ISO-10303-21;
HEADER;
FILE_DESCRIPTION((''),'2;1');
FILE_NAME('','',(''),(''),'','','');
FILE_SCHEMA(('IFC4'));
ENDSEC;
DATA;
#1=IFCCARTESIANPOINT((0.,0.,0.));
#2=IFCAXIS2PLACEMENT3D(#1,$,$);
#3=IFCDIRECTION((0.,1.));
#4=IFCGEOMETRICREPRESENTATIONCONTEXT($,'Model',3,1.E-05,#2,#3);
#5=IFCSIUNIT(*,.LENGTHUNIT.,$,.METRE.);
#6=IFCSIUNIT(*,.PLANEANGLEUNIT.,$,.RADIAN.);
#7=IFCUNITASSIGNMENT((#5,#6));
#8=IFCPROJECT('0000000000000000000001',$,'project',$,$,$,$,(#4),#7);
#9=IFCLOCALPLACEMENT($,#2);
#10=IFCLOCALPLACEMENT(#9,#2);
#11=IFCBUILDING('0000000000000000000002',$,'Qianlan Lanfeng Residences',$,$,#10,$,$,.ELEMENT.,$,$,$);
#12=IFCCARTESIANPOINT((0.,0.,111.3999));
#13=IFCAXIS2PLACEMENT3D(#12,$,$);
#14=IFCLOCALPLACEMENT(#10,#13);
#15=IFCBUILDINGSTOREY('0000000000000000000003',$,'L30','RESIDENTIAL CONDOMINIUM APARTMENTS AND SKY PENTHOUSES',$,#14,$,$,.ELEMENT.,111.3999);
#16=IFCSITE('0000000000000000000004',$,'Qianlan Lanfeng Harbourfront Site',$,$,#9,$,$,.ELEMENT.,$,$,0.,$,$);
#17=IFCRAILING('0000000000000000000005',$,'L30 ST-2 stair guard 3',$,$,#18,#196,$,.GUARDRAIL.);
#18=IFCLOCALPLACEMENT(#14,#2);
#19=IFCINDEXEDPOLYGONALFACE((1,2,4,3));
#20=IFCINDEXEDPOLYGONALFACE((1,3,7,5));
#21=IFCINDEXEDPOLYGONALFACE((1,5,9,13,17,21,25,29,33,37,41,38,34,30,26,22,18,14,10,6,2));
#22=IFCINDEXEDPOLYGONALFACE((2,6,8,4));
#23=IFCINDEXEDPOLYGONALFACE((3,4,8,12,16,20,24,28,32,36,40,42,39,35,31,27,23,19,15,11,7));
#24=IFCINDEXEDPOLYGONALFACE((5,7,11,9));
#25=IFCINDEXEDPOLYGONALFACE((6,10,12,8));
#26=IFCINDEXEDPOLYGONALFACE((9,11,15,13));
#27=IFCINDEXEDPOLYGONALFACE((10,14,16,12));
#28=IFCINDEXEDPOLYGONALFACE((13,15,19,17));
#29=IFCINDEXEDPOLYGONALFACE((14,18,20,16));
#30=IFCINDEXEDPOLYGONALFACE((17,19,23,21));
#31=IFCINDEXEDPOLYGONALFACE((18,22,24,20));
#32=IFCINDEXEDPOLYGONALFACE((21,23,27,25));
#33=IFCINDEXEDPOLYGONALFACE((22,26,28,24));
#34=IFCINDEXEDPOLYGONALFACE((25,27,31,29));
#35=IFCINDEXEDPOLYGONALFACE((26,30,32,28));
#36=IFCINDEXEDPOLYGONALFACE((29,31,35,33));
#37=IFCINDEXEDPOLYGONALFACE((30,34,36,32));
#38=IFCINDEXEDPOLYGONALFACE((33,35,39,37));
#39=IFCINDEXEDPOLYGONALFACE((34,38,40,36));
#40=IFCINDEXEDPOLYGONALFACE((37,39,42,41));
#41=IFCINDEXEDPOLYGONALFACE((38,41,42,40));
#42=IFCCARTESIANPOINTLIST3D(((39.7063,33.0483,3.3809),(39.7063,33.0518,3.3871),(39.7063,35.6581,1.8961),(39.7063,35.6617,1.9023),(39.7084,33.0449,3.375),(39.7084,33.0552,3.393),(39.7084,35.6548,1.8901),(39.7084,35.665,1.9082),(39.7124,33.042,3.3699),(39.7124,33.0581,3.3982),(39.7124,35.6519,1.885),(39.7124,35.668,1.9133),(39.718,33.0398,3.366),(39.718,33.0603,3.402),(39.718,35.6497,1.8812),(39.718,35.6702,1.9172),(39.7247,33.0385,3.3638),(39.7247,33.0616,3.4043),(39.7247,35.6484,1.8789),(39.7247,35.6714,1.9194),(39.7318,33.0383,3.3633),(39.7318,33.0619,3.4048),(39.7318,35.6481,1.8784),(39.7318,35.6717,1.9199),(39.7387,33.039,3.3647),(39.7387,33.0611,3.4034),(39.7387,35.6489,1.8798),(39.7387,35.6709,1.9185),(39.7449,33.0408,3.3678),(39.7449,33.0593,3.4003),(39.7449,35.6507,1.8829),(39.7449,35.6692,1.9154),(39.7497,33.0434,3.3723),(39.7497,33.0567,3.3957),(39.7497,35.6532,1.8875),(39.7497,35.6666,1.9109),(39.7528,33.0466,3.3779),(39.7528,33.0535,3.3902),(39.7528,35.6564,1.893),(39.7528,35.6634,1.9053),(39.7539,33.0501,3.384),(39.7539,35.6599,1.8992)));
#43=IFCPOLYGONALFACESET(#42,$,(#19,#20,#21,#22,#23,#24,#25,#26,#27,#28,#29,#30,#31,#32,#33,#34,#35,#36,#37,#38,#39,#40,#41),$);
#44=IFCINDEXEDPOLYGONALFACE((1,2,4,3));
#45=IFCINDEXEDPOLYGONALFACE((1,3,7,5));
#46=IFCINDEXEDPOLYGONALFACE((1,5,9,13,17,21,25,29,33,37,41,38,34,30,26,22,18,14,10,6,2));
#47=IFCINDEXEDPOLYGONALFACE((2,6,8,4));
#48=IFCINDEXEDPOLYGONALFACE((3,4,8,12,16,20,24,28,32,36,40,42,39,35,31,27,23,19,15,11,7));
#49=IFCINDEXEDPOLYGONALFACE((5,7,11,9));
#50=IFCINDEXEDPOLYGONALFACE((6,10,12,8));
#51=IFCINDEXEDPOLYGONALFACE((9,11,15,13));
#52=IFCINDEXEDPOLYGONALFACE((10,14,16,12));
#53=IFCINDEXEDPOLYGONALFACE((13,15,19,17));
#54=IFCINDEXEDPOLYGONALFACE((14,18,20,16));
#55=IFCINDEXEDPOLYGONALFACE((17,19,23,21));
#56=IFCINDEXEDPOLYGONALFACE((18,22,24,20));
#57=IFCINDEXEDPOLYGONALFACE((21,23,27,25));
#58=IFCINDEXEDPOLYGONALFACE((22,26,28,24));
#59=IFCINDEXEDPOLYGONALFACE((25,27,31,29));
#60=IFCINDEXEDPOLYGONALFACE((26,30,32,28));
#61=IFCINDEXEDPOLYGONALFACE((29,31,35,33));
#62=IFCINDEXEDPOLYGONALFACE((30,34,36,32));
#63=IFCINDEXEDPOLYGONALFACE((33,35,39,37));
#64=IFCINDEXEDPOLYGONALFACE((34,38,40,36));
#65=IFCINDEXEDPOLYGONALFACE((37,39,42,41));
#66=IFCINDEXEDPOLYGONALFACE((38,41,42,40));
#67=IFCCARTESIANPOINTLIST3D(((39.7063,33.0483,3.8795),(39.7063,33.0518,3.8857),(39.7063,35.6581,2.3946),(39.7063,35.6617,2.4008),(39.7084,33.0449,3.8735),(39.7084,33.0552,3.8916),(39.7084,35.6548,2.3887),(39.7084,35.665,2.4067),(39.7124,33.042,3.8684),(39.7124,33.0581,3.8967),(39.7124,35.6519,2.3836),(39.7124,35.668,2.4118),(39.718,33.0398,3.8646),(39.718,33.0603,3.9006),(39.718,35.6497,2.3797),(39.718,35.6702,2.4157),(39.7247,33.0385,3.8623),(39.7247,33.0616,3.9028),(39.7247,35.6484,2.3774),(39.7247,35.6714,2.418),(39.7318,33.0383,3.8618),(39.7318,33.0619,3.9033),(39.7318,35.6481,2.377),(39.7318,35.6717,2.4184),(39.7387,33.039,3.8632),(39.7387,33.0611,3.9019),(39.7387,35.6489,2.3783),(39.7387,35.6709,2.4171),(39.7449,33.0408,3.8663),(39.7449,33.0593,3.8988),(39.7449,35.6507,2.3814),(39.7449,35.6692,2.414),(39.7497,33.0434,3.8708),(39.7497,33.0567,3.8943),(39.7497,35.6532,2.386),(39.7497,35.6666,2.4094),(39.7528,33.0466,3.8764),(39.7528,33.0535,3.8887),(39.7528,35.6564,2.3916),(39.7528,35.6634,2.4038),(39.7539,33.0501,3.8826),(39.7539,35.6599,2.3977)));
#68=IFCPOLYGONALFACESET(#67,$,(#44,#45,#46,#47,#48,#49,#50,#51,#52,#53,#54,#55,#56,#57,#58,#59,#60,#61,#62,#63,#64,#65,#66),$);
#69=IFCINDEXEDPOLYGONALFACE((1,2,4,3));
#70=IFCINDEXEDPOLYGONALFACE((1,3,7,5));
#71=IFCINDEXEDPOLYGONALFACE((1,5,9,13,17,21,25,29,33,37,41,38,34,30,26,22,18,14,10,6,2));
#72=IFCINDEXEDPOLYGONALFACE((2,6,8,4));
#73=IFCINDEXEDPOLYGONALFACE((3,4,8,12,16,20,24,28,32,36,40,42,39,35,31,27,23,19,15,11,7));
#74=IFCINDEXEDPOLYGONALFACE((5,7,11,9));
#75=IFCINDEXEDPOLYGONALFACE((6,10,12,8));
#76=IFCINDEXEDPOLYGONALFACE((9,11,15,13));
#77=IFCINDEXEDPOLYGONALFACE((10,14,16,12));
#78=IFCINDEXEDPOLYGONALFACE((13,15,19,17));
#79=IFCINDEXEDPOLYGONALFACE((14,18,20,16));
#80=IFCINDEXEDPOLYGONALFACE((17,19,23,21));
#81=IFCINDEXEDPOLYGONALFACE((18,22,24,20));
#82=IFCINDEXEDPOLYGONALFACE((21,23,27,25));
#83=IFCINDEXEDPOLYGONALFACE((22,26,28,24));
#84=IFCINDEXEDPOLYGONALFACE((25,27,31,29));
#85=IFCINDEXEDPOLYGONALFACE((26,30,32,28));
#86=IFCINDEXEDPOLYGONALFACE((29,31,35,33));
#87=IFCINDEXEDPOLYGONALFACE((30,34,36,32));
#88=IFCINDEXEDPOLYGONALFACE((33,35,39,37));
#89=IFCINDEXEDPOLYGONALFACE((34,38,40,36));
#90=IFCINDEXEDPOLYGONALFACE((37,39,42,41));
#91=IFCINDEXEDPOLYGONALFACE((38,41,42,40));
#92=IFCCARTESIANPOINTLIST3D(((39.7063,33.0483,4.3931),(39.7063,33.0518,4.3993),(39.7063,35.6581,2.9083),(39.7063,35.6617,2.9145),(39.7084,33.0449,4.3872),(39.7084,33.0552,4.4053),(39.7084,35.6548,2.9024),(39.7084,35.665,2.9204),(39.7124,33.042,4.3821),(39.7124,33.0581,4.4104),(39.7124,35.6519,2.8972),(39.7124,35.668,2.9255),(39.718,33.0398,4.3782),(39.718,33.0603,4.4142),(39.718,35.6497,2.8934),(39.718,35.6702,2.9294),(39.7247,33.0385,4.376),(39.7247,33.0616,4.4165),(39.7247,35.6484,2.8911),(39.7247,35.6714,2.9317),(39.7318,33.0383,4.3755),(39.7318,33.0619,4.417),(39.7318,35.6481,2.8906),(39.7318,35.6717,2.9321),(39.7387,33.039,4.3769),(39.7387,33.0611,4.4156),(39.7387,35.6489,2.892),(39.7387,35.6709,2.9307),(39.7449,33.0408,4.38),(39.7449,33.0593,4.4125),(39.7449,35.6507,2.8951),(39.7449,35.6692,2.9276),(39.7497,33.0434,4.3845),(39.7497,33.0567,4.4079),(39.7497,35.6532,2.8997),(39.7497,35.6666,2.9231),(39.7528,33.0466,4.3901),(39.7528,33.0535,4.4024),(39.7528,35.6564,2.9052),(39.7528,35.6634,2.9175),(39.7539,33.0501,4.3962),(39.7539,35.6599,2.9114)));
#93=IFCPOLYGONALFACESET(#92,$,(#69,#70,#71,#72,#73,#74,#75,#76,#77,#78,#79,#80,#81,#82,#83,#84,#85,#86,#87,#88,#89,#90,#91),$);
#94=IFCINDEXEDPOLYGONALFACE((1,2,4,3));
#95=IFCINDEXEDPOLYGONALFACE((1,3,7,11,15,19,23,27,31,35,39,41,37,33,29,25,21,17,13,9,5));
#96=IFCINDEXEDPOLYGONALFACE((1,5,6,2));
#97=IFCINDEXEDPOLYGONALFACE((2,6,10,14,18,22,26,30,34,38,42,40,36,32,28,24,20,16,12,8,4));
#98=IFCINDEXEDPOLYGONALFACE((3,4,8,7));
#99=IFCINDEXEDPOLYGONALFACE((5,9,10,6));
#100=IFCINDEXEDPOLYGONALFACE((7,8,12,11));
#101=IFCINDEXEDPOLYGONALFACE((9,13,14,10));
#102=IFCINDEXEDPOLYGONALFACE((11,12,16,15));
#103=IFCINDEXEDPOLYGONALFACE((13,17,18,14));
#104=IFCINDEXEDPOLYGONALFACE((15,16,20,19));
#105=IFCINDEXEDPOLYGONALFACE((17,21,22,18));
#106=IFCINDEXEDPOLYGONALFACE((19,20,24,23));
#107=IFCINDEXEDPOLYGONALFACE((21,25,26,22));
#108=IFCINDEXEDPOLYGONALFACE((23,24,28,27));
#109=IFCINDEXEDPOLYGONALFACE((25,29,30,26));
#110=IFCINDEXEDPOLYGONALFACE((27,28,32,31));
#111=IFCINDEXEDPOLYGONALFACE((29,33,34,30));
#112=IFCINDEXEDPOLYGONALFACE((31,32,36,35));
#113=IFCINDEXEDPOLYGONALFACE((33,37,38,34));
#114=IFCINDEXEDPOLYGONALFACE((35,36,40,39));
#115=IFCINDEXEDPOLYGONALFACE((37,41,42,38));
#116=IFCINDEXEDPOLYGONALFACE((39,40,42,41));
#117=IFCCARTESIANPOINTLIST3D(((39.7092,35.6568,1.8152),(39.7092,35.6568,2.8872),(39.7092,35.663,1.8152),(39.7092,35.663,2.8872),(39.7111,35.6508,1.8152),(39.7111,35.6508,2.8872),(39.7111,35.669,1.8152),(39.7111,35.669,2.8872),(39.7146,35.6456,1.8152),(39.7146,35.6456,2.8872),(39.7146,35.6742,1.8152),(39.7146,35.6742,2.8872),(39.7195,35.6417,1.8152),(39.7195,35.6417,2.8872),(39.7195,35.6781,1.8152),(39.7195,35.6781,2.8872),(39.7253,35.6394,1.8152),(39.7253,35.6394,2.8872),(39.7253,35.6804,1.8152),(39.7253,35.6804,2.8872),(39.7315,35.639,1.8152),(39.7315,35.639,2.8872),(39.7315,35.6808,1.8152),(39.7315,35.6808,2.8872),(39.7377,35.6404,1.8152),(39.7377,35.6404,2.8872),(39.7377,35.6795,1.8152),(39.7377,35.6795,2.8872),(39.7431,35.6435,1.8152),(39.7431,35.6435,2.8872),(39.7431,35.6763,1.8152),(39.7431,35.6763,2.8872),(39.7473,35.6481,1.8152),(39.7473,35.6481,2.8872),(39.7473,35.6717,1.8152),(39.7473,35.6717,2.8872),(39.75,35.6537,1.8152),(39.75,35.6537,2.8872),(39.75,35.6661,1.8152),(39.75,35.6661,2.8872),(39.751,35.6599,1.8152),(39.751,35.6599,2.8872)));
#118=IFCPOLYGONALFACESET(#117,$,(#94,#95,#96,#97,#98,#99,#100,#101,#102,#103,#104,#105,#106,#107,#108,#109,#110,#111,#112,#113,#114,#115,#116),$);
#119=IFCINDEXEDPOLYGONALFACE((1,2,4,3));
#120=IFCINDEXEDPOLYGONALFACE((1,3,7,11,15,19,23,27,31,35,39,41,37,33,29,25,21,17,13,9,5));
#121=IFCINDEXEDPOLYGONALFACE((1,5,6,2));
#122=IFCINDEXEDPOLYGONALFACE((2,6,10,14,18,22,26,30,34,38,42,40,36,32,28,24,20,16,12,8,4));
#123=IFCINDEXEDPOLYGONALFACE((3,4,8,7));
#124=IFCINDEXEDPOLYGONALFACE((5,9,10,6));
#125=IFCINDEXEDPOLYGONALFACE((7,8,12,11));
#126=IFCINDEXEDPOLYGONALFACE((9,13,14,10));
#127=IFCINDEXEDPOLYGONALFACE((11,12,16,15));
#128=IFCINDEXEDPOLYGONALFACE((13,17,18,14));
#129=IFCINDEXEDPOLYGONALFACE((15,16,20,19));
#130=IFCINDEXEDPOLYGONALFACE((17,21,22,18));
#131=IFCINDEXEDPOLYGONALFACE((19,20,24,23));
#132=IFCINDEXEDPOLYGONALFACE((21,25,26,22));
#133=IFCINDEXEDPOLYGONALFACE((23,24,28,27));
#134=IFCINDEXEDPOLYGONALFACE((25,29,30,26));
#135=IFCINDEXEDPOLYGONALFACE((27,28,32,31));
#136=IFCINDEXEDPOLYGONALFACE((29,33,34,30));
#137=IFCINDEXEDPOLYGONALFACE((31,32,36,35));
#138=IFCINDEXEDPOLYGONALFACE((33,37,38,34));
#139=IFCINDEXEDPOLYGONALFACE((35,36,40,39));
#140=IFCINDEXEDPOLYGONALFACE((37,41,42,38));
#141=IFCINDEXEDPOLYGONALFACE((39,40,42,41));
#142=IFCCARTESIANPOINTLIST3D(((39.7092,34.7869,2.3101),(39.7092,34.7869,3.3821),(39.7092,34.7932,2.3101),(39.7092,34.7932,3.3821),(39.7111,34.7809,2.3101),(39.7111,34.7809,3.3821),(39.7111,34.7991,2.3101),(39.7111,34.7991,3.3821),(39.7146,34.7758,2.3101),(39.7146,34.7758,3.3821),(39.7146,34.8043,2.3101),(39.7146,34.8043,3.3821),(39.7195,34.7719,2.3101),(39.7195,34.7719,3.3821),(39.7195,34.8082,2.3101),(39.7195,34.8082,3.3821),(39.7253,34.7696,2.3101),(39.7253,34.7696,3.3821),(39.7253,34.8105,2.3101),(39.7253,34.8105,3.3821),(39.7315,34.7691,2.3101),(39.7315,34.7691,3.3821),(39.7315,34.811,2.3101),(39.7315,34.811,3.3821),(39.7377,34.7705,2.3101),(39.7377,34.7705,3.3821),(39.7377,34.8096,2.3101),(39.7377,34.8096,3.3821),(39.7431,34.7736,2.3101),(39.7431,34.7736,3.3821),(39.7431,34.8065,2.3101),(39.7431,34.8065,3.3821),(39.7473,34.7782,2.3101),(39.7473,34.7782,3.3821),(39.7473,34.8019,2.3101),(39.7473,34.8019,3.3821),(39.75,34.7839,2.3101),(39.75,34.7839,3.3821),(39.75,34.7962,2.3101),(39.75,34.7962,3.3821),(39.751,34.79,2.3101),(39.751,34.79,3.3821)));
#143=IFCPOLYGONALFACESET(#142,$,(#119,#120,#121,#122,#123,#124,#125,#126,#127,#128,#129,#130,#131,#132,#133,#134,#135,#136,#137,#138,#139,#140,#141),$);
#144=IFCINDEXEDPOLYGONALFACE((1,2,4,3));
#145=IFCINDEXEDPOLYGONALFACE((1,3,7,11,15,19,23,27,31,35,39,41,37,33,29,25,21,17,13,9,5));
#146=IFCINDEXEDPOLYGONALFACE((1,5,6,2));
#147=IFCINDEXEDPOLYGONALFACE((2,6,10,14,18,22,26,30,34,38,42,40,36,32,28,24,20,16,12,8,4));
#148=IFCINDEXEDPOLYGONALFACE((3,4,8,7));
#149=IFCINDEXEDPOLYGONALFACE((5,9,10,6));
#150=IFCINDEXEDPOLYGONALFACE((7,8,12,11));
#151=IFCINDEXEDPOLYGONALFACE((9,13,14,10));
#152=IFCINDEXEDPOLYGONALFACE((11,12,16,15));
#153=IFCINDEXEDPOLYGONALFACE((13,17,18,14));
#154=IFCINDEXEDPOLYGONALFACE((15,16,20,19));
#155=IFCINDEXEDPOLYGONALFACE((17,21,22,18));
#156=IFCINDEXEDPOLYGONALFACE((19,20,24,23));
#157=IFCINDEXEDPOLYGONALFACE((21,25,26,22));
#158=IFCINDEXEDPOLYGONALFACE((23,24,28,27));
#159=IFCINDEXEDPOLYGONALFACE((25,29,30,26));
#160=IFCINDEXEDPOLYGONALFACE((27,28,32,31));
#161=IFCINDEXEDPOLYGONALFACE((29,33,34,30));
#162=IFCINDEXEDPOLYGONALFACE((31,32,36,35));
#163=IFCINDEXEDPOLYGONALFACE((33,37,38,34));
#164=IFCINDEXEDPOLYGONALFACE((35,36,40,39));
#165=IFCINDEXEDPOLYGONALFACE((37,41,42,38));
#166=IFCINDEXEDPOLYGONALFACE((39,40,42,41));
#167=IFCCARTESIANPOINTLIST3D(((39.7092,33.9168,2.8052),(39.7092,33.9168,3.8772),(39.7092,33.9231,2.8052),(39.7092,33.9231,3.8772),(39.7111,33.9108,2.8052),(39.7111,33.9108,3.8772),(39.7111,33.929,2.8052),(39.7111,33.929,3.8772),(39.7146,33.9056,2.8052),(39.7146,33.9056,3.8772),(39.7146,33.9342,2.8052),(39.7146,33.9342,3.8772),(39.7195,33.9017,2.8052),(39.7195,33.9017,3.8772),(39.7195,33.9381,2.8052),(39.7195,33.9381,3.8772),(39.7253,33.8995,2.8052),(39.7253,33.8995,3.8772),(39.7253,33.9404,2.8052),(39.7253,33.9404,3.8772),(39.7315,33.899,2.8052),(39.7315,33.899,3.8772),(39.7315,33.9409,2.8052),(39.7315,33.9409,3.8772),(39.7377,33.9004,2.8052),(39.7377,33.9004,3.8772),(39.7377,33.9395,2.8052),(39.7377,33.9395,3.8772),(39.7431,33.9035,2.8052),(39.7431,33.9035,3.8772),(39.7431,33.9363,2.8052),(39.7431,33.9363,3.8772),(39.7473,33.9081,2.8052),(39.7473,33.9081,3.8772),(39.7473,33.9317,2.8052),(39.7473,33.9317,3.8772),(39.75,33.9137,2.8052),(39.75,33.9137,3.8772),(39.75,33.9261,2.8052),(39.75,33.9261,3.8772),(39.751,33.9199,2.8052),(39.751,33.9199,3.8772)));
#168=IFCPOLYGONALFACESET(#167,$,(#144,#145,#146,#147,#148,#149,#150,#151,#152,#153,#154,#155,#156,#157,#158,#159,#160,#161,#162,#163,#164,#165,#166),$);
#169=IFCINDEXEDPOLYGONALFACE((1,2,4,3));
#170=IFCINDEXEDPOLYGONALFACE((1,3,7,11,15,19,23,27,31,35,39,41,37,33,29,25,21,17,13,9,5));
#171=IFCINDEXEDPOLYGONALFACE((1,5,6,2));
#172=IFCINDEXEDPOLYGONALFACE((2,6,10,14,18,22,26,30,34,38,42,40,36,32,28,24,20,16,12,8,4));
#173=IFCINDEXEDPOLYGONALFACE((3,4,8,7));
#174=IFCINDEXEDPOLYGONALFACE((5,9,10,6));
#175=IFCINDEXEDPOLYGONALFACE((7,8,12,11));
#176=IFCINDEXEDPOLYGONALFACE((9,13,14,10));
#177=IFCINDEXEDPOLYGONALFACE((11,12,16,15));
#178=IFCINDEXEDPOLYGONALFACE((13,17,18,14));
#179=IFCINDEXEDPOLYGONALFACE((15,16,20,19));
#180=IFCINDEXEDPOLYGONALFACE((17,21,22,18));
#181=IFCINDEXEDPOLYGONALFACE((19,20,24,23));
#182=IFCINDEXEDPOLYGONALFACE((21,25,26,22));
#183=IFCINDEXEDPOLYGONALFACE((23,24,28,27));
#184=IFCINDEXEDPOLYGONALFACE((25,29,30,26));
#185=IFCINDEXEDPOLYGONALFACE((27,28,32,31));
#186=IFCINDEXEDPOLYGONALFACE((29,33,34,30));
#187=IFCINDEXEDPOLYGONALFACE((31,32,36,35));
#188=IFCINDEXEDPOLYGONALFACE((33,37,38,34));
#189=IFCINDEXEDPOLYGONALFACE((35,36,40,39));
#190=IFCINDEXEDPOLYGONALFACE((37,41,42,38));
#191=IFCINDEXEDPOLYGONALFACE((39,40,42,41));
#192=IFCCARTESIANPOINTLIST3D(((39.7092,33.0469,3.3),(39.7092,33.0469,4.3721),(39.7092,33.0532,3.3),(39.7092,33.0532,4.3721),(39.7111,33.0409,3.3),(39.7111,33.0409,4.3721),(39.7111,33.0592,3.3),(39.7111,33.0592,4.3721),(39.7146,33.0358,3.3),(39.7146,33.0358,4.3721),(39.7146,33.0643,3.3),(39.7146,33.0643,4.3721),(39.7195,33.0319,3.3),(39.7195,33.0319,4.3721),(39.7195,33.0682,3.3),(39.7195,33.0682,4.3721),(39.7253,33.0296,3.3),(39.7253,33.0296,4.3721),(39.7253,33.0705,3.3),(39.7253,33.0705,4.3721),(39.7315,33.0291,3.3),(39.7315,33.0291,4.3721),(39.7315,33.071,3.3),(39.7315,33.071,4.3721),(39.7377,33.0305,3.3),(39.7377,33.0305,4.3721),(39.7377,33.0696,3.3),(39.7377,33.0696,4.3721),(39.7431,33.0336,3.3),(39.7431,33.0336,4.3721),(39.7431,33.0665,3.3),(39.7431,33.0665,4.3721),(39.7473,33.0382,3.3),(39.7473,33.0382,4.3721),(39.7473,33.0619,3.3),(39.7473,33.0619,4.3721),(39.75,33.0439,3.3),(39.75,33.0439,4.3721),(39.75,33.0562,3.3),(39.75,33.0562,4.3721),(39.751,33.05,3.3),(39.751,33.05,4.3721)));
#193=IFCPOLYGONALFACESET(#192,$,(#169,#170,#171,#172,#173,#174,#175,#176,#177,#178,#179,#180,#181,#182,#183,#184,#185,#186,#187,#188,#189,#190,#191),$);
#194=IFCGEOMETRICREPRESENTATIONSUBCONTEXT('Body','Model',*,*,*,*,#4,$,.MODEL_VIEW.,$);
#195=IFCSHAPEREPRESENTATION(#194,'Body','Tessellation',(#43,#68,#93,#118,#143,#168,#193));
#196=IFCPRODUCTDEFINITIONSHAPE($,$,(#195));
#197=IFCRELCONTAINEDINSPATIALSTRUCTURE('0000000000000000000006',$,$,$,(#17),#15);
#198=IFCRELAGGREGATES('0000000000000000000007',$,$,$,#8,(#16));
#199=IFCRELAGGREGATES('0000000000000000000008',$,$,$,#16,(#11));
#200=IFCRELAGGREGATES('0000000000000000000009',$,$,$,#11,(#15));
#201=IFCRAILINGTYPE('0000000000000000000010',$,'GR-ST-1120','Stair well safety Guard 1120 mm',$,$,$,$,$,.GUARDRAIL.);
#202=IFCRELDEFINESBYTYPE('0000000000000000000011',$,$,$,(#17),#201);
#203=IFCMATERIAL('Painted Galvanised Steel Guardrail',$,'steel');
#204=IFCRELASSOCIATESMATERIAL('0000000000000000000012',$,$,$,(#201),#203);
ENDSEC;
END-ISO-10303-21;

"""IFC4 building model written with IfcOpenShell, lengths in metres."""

from ifc_helpers import new_model, si_unit, direction, frame, origin, origin_2d, place, context, subcontext, project, spatial, circle, extrude, material, type_object, element, save


model = new_model("IFC4")

# Units and contexts
model_context = context("Model", 3, precision=1e-05, world=origin(), true_north=direction((0.0, 1.0)))
body_context = subcontext(model_context, "Body", "Model", "MODEL_VIEW")
ifc_project = project(units=[si_unit("LENGTHUNIT", "METRE"), si_unit("PLANEANGLEUNIT", "RADIAN")], contexts=[model_context])

# Site, building, storey
site_placement = place(None, origin())
site = spatial("IfcSite", under=ifc_project, at=site_placement, Name="Qianlan Lanfeng Harbourfront Site", CompositionType="ELEMENT", RefElevation=0.0)
building_placement = place(site_placement, origin())
building = spatial("IfcBuilding", under=site, at=building_placement, Name="Qianlan Lanfeng Residences", CompositionType="ELEMENT")
storey_placement = place(building_placement, frame((0.0, 0.0, 111.3999)))
storey = spatial("IfcBuildingStorey", under=building, at=storey_placement, Name="L30", Description="RESIDENTIAL CONDOMINIUM APARTMENTS AND SKY PENTHOUSES", CompositionType="ELEMENT", Elevation=111.3999)

# Railing
ifc_material_1 = material(Name="Painted Galvanised Steel Guardrail", Category="steel")
railing_type_1 = type_object("IfcRailingType", Name="GR-ST-1120", Description="Stair well safety Guard 1120 mm", PredefinedType="GUARDRAIL", material=ifc_material_1)
railing_1_placement = place(storey_placement, frame((39.73, 35.6599, 1.8152)))
element("IfcRailing", 1, at=railing_1_placement, inside=storey, type_object=railing_type_1, Name="L30 ST-2 stair guard 3", PredefinedType="GUARDRAIL", context=body_context, shape_type="SweptSolid", body=[
    extrude(circle(Radius=0.0239, at=origin_2d()), frame((0.0, 0.0, 0.084), z_axis=(0.0, -0.869172, 0.494509), x_axis=(1.0, 0.0, 0.0)), (0.0, 0.0, 1.0), 3.0027),
    extrude(circle(Radius=0.0239, at=origin_2d()), frame((0.0, 0.0, 0.5825), z_axis=(0.0, -0.869172, 0.494509), x_axis=(1.0, 0.0, 0.0)), (0.0, 0.0, 1.0), 3.0027),
    extrude(circle(Radius=0.0239, at=origin_2d()), frame((0.0, 0.0, 1.0962), z_axis=(0.0, -0.869172, 0.494509), x_axis=(1.0, 0.0, 0.0)), (0.0, 0.0, 1.0), 3.0027),
    extrude(circle(Radius=0.021, at=origin_2d()), origin(), (0.0, 0.0, 1.0), 1.072),
    extrude(circle(Radius=0.021, at=origin_2d()), frame((0.0, -0.8699, 0.4949)), (0.0, 0.0, 1.0), 1.072),
    extrude(circle(Radius=0.021, at=origin_2d()), frame((0.0, -1.74, 0.99)), (0.0, 0.0, 1.0), 1.072),
    extrude(circle(Radius=0.021, at=origin_2d()), frame((0.0, -2.6099, 1.4849)), (0.0, 0.0, 1.0), 1.072),
])

save(model, "model.ifc")
